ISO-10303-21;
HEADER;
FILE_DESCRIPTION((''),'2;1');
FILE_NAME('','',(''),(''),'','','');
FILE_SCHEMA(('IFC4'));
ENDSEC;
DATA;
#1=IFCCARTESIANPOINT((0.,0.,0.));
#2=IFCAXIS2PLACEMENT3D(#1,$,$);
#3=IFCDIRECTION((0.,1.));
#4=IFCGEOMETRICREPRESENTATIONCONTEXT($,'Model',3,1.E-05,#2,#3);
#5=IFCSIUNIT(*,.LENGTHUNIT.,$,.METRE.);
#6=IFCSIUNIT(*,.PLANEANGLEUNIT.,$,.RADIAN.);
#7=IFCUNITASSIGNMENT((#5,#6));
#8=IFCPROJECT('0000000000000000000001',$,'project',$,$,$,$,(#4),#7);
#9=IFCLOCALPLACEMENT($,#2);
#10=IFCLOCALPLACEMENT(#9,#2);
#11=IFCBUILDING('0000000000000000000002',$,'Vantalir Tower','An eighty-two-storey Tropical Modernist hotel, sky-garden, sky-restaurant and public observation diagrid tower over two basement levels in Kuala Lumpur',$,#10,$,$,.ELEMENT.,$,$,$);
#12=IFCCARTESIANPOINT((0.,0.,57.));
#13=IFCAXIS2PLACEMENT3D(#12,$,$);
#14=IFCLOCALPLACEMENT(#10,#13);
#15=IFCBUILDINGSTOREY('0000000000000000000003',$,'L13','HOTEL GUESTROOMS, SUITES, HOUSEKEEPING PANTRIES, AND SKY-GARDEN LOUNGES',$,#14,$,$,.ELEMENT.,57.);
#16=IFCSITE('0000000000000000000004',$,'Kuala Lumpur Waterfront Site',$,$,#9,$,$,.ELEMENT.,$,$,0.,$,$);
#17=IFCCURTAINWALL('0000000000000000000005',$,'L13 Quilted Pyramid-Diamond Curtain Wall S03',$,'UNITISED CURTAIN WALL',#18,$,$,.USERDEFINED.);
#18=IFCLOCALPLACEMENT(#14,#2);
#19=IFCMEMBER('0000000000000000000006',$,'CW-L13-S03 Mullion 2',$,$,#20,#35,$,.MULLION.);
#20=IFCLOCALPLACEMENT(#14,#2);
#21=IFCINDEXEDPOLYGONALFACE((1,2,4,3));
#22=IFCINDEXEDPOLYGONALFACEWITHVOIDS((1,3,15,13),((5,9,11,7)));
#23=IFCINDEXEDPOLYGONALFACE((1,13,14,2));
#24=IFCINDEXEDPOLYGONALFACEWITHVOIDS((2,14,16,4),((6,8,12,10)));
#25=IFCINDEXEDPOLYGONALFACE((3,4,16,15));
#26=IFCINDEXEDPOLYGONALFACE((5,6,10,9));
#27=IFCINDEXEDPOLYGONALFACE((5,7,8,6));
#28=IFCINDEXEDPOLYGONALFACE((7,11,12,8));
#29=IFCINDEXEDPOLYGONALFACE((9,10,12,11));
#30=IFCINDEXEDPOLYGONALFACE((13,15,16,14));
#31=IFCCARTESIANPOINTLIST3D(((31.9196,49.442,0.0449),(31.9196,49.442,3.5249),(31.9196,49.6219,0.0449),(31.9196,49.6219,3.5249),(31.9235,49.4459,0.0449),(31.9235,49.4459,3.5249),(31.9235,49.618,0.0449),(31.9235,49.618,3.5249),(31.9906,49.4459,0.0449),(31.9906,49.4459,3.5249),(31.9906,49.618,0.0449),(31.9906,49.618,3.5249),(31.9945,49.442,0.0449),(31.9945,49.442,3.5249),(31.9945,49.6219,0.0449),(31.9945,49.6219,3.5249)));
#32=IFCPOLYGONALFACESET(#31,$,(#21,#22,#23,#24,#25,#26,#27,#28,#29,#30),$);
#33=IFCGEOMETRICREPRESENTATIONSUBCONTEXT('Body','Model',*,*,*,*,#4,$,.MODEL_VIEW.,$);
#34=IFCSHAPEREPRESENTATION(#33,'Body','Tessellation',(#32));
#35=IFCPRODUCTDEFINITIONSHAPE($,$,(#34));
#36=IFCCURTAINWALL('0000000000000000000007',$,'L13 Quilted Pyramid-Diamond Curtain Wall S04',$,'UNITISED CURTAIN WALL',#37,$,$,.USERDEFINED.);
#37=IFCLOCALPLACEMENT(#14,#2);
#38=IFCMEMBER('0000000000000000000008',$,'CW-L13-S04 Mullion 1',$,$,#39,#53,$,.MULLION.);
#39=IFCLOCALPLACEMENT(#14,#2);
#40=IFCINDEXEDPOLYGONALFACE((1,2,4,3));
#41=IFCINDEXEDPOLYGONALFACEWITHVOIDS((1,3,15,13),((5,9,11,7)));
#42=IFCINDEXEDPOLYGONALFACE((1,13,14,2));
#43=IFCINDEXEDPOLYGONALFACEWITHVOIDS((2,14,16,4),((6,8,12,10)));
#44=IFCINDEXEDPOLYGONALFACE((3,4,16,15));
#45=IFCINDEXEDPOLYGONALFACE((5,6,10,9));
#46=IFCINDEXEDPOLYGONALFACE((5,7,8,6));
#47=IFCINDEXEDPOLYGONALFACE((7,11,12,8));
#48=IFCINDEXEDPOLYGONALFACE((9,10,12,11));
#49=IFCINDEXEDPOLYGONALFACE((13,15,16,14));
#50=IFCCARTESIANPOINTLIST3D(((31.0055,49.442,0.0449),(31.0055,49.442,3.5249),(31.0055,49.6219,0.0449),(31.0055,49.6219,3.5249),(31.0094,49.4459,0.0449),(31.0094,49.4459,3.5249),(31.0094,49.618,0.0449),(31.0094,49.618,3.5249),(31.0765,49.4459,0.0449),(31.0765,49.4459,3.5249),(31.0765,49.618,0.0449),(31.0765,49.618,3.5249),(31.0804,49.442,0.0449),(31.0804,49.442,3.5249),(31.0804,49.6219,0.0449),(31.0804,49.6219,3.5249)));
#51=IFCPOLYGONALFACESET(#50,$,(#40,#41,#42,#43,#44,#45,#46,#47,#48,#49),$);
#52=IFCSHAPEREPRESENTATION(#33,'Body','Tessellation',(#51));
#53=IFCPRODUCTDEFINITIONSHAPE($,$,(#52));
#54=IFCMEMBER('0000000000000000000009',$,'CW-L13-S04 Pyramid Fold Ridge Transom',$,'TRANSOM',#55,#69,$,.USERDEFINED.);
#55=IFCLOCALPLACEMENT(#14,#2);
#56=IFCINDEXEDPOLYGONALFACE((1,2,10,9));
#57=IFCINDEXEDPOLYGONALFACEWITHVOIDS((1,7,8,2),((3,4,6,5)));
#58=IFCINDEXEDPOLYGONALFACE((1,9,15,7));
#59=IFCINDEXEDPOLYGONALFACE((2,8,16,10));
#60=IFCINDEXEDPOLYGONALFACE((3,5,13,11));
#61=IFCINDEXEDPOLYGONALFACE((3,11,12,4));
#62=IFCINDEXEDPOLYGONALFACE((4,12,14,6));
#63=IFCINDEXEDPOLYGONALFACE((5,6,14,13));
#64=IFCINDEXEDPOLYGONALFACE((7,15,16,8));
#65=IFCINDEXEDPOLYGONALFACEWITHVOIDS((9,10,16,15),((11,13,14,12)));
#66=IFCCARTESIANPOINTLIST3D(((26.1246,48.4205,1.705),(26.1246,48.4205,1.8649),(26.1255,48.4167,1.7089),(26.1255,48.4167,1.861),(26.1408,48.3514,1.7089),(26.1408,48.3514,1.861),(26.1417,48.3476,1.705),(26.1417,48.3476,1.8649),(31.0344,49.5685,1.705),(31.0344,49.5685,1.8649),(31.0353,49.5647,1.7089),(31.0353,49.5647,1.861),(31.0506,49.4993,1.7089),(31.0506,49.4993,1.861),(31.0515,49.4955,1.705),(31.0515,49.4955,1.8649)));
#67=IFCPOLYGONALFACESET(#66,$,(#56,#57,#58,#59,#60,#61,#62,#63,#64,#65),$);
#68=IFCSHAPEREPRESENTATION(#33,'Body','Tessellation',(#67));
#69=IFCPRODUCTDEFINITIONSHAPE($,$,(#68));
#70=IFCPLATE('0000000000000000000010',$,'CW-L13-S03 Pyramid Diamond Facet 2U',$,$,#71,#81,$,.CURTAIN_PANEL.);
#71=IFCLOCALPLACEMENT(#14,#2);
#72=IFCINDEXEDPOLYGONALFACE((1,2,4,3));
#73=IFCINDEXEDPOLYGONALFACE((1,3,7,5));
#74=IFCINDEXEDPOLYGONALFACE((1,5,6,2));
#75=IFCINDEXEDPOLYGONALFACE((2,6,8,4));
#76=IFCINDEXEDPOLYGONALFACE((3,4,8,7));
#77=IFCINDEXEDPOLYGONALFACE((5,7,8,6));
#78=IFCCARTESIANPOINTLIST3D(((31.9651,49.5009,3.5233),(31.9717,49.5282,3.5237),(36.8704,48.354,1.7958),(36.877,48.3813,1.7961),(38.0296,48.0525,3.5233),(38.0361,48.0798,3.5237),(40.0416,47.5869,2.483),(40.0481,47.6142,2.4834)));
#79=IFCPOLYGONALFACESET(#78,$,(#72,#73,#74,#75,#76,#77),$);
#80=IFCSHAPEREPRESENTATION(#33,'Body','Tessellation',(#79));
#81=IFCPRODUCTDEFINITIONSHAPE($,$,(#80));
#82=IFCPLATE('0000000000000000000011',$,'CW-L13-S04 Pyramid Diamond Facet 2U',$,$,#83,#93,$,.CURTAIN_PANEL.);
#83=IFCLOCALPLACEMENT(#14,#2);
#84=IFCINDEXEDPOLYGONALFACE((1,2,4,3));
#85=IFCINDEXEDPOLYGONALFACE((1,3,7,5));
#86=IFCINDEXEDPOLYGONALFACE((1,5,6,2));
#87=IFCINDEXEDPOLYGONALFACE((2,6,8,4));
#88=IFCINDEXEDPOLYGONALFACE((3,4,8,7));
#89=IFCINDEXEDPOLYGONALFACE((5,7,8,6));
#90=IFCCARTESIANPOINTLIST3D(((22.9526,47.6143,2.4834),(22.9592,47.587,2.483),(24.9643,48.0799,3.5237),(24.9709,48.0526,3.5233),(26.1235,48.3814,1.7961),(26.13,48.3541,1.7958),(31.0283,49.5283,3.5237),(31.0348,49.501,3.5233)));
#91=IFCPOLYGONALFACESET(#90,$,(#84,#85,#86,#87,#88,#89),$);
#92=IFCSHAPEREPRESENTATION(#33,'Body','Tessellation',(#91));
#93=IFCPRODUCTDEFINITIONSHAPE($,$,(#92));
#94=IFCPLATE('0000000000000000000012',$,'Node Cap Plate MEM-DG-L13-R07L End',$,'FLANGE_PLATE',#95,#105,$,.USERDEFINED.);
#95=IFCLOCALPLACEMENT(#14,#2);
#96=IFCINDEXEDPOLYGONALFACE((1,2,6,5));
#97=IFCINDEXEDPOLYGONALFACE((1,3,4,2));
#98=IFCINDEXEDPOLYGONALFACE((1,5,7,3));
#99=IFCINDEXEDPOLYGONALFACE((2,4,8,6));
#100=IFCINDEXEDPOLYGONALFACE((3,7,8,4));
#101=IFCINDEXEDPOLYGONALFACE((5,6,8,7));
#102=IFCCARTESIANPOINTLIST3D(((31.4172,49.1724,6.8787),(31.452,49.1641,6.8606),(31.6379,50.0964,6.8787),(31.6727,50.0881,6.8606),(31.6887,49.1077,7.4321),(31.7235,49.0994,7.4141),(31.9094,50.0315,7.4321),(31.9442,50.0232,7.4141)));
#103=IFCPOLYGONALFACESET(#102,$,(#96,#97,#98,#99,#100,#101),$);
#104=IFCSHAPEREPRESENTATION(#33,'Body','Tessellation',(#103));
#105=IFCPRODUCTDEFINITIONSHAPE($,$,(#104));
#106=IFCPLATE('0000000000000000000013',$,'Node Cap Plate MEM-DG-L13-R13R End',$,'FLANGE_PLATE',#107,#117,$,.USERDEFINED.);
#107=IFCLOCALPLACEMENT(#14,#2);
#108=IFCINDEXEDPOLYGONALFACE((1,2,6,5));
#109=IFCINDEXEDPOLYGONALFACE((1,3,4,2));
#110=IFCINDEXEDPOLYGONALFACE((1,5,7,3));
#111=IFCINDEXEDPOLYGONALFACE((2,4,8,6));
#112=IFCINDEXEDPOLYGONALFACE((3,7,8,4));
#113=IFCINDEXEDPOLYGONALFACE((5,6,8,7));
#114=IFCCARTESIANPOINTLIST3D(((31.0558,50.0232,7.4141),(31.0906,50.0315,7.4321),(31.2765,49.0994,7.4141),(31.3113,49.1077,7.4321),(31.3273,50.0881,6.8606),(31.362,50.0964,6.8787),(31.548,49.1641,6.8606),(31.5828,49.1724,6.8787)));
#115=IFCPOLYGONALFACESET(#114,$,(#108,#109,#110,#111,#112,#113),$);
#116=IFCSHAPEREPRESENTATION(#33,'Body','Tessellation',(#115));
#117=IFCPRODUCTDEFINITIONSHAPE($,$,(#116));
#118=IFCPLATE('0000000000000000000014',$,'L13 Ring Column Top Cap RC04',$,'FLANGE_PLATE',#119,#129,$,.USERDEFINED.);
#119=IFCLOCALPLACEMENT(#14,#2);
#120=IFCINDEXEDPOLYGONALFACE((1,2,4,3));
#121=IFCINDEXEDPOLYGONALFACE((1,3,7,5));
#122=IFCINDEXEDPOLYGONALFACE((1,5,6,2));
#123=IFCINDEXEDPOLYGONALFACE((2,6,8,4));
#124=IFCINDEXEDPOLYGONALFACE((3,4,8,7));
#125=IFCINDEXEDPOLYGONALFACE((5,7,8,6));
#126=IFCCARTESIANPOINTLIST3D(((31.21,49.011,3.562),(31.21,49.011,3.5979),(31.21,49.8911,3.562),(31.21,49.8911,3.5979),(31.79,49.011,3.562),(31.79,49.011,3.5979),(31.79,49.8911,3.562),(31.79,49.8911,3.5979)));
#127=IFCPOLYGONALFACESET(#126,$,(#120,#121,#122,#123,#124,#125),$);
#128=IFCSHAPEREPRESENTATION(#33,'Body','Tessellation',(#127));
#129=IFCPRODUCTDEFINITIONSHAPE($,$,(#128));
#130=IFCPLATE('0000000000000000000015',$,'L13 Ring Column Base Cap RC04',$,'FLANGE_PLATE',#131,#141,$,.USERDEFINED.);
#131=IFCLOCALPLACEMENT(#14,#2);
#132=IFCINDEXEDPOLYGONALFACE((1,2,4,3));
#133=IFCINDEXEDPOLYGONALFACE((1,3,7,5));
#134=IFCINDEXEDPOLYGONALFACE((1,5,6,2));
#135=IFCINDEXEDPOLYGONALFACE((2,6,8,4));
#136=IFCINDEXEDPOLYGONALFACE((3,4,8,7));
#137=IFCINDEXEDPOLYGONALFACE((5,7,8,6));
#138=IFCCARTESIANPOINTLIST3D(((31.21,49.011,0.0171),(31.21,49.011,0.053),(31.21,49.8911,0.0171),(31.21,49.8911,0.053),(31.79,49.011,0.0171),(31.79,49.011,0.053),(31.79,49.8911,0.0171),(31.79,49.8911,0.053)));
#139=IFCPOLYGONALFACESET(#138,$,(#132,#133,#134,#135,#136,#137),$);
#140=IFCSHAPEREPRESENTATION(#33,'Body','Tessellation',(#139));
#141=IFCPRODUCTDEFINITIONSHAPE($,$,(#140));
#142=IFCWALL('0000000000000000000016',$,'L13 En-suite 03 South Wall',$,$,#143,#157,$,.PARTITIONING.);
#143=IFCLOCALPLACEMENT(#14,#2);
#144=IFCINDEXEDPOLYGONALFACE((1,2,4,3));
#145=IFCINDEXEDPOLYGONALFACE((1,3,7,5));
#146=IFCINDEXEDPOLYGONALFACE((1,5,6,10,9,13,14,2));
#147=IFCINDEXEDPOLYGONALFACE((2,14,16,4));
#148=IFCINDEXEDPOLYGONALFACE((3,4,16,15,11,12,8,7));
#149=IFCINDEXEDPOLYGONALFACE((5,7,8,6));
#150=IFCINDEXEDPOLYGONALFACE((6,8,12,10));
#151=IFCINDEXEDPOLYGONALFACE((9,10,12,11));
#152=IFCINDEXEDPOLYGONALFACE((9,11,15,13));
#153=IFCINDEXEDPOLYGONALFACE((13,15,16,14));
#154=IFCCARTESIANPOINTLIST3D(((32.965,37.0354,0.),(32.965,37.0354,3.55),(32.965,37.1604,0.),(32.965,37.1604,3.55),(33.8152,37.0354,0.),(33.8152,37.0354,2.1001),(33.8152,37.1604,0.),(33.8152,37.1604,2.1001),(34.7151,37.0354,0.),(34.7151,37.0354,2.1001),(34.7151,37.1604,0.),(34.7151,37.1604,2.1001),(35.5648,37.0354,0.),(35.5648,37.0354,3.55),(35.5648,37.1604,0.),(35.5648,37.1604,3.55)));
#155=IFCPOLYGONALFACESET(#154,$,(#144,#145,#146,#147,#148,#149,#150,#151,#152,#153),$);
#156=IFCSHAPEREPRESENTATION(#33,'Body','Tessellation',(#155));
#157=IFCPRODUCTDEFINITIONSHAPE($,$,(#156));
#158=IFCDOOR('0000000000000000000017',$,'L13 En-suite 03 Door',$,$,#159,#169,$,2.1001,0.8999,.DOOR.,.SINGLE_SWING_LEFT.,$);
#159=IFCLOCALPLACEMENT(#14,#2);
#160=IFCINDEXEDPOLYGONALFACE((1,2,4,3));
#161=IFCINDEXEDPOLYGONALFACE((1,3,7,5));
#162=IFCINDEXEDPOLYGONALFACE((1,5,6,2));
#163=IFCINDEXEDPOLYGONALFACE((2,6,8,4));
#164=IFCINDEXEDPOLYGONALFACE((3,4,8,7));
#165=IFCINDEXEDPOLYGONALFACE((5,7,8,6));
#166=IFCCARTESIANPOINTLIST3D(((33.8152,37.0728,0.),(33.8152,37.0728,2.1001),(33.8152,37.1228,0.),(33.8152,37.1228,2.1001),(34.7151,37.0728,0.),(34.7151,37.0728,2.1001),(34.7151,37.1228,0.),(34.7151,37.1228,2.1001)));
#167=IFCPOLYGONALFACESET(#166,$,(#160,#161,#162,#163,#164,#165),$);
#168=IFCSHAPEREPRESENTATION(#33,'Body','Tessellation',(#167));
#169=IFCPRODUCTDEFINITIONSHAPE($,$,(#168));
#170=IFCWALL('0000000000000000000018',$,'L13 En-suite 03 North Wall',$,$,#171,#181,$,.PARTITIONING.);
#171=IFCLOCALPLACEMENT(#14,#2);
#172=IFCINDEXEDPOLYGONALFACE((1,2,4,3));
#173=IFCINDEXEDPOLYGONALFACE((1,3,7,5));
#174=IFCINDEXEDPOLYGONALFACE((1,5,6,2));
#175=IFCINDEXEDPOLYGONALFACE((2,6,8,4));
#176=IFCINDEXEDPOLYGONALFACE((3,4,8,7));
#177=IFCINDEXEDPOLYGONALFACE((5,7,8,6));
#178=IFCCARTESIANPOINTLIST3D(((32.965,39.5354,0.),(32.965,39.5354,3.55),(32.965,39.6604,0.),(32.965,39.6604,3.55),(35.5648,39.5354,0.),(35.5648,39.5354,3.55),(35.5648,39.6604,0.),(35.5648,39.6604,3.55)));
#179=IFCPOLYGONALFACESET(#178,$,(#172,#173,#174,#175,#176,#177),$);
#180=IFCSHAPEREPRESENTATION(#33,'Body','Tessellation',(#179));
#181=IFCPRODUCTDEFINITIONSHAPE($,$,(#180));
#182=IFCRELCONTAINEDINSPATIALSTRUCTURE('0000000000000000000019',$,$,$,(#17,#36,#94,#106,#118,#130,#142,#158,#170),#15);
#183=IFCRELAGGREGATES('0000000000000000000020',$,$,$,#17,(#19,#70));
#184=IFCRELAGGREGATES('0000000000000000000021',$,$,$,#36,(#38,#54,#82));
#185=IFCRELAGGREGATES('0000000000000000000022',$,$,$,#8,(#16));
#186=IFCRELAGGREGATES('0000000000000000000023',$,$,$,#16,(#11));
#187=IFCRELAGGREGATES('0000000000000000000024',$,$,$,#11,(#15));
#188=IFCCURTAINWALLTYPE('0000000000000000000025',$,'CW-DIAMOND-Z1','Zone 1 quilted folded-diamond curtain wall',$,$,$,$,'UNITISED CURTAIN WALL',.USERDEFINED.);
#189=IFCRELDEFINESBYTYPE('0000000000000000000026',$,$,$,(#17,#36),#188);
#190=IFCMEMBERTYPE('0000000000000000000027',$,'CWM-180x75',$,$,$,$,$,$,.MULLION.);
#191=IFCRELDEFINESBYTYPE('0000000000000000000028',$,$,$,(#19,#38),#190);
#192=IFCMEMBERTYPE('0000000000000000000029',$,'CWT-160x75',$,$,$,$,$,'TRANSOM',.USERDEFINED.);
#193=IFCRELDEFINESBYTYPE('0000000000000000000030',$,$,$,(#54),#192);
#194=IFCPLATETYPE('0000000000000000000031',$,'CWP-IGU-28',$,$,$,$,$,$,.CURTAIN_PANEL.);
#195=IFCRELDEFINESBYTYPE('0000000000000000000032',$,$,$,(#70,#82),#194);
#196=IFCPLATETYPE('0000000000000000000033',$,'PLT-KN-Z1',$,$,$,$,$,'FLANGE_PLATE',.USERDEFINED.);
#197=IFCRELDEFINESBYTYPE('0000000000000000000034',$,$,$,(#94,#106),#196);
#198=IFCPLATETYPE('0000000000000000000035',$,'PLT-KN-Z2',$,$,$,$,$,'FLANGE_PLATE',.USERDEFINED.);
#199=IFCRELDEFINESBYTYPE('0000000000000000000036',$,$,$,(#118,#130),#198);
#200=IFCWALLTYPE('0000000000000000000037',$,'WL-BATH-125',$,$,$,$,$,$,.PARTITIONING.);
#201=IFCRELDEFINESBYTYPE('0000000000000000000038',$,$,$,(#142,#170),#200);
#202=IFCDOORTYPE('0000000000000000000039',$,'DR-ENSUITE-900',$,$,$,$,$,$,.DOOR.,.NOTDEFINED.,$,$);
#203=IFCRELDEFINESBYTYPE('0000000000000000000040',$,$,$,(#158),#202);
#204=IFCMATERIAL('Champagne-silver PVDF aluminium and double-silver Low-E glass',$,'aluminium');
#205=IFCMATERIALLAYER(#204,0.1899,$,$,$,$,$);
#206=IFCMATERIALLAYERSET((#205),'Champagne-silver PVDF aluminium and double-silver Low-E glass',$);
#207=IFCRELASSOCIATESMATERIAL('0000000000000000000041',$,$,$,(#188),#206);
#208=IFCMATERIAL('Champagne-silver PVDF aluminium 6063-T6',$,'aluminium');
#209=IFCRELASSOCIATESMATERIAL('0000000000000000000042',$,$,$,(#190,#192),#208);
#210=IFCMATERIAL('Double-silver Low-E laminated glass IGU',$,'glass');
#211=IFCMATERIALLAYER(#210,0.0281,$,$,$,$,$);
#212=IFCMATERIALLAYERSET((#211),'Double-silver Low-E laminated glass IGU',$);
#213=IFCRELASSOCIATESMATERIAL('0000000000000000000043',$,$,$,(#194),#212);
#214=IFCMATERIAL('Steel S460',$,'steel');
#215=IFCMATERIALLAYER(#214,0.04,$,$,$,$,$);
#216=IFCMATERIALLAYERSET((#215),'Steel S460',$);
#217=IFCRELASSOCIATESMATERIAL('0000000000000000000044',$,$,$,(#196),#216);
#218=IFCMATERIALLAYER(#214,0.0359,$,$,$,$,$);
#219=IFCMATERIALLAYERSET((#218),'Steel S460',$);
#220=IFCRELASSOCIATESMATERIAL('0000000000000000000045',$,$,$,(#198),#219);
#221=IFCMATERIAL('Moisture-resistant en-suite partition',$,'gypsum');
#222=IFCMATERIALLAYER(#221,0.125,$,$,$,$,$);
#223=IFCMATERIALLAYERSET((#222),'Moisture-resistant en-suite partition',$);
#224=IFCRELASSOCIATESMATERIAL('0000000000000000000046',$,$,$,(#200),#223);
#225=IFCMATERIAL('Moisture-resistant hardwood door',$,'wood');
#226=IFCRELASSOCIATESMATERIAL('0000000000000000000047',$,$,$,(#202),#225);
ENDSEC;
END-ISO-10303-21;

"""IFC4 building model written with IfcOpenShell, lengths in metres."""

from ifc_helpers import new_model, si_unit, direction, frame, frame_2d, origin, origin_2d, place, context, subcontext, project, spatial, polyline, rectangle, hollow_rectangle, outline, extrude, material, layer, layer_set, material_profile, profile_set, type_object, element, fill, aggregate, save


model = new_model("IFC4")

# Units and contexts
model_context = context("Model", 3, precision=1e-05, world=origin(), true_north=direction((0.0, 1.0)))
body_context = subcontext(model_context, "Body", "Model", "MODEL_VIEW")
ifc_project = project(units=[si_unit("LENGTHUNIT", "METRE"), si_unit("PLANEANGLEUNIT", "RADIAN")], contexts=[model_context])

# Site, building, storey
site_placement = place(None, origin())
site = spatial("IfcSite", under=ifc_project, at=site_placement, Name="Kuala Lumpur Waterfront Site", CompositionType="ELEMENT", RefElevation=0.0)
building_placement = place(site_placement, origin())
building = spatial("IfcBuilding", under=site, at=building_placement, Name="Vantalir Tower", Description="An eighty-two-storey Tropical Modernist hotel, sky-garden, sky-restaurant and public observation diagrid tower over two basement levels in Kuala Lumpur", CompositionType="ELEMENT")
storey_placement = place(building_placement, frame((0.0, 0.0, 57.0)))
storey = spatial("IfcBuildingStorey", under=building, at=storey_placement, Name="L13", Description="HOTEL GUESTROOMS, SUITES, HOUSEKEEPING PANTRIES, AND SKY-GARDEN LOUNGES", CompositionType="ELEMENT", Elevation=57.0)

# Shared definitions
ifc_material_1 = material(Name="Steel S460", Category="steel")

# Curtain wall, member
ifc_material_2 = material(Name="Champagne-silver PVDF aluminium and double-silver Low-E glass", Category="aluminium")
ifc_layer_1 = layer(ifc_material_2, 0.1899)
ifc_layer_set_1 = layer_set([ifc_layer_1], Name="Champagne-silver PVDF aluminium and double-silver Low-E glass")
curtain_wall_type = type_object("IfcCurtainWallType", Name="CW-DIAMOND-Z1", Description="Zone 1 quilted folded-diamond curtain wall", ElementType="UNITISED CURTAIN WALL", PredefinedType="USERDEFINED", material=ifc_layer_set_1)
curtain_wall_1_placement = place(storey_placement, origin())
curtain_wall_1 = element("IfcCurtainWall", 1, at=curtain_wall_1_placement, inside=storey, type_object=curtain_wall_type, Name="L13 Quilted Pyramid-Diamond Curtain Wall S03", ObjectType="UNITISED CURTAIN WALL", PredefinedType="USERDEFINED")
ifc_material_3 = material(Name="Champagne-silver PVDF aluminium 6063-T6", Category="aluminium")
ifc_material_profile_1 = material_profile(ifc_material_3, hollow_rectangle(XDim=0.075, YDim=0.1799, WallThickness=0.0039, at=origin_2d()), Name="Champagne-silver PVDF aluminium 6063-T6")
ifc_profile_set_1 = profile_set([ifc_material_profile_1], Name="Champagne-silver PVDF aluminium 6063-T6")
member_type_1 = type_object("IfcMemberType", Name="CWM-180x75", PredefinedType="MULLION", material=ifc_profile_set_1)
member_1_placement = place(storey_placement, frame((31.957, 49.532, 0.0449), z_axis=(0.0, 0.0, 1.0), x_axis=(1.0, 0.0, 0.0)))
member_1 = element("IfcMember", 2, at=member_1_placement, type_object=member_type_1, Name="CW-L13-S03 Mullion 2", PredefinedType="MULLION", context=body_context, shape_type="SweptSolid", body=[
    extrude(hollow_rectangle(XDim=0.075, YDim=0.1799, WallThickness=0.0039, at=origin_2d()), origin(), (0.0, 0.0, 1.0), 3.48),
])

# Curtain wall, members
curtain_wall_2_placement = place(storey_placement, origin())
curtain_wall_2 = element("IfcCurtainWall", 3, at=curtain_wall_2_placement, inside=storey, type_object=curtain_wall_type, Name="L13 Quilted Pyramid-Diamond Curtain Wall S04", ObjectType="UNITISED CURTAIN WALL", PredefinedType="USERDEFINED")
member_2_placement = place(storey_placement, frame((31.043, 49.532, 0.0449), z_axis=(0.0, 0.0, 1.0), x_axis=(1.0, 0.0, 0.0)))
member_2 = element("IfcMember", 4, at=member_2_placement, type_object=member_type_1, Name="CW-L13-S04 Mullion 1", PredefinedType="MULLION", context=body_context, shape_type="SweptSolid", body=[
    extrude(hollow_rectangle(XDim=0.075, YDim=0.1799, WallThickness=0.0039, at=origin_2d()), origin(), (0.0, 0.0, 1.0), 3.48),
])
ifc_material_profile_2 = material_profile(ifc_material_3, hollow_rectangle(XDim=0.075, YDim=0.1599, WallThickness=0.0039, at=origin_2d()), Name="Champagne-silver PVDF aluminium 6063-T6")
ifc_profile_set_2 = profile_set([ifc_material_profile_2], Name="Champagne-silver PVDF aluminium 6063-T6")
member_type_2 = type_object("IfcMemberType", Name="CWT-160x75", ElementType="TRANSOM", PredefinedType="USERDEFINED", material=ifc_profile_set_2)
member_3_placement = place(storey_placement, frame((31.043, 49.532, 1.7849), z_axis=(-0.97374, -0.227663, 0.0), x_axis=(0.227663, -0.97374, 0.0)))
member_3 = element("IfcMember", 5, at=member_3_placement, type_object=member_type_2, Name="CW-L13-S04 Pyramid Fold Ridge Transom", ObjectType="TRANSOM", PredefinedType="USERDEFINED", context=body_context, shape_type="SweptSolid", body=[
    extrude(hollow_rectangle(XDim=0.075, YDim=0.1599, WallThickness=0.0039, at=origin_2d()), origin(), (0.0, 0.0, 1.0), 5.0422),
])

# Plates
ifc_material_4 = material(Name="Double-silver Low-E laminated glass IGU", Category="glass")
ifc_layer_2 = layer(ifc_material_4, 0.0281)
ifc_layer_set_2 = layer_set([ifc_layer_2], Name="Double-silver Low-E laminated glass IGU")
plate_type_1 = type_object("IfcPlateType", Name="CWP-IGU-28", PredefinedType="CURTAIN_PANEL", material=ifc_layer_set_2)
plate_1_placement = place(storey_placement, frame((38.0361, 48.0798, 3.5237), z_axis=(0.232277, 0.972551, 0.013885), x_axis=(-0.972644, 0.2323, 0.0)))
plate_1 = element("IfcPlate", 6, at=plate_1_placement, type_object=plate_type_1, Name="CW-L13-S03 Pyramid Diamond Facet 2U", PredefinedType="CURTAIN_PANEL", context=body_context, shape_type="SweptSolid", body=[
    extrude(outline(polyline([(0.0, 0.0), (6.235, 0.0), (1.1975, -1.7277), (-2.0651, -1.0404), (0.0, 0.0)])), origin(), (0.0, 0.0, -1.0), 0.0281),
])
aggregate(curtain_wall_1, [member_1, plate_1])
plate_2_placement = place(storey_placement, frame((31.0283, 49.5283, 3.5237), z_axis=(-0.232295, 0.972546, 0.013872), x_axis=(-0.97264, -0.232318, 0.0)))
plate_2 = element("IfcPlate", 7, at=plate_2_placement, type_object=plate_type_1, Name="CW-L13-S04 Pyramid Diamond Facet 2U", PredefinedType="CURTAIN_PANEL", context=body_context, shape_type="SweptSolid", body=[
    extrude(outline(polyline([(0.0, 0.0), (6.2346, 0.0), (8.2994, -1.0404), (5.0371, -1.7277), (0.0, 0.0)])), origin(), (0.0, 0.0, -1.0), 0.0281),
])
aggregate(curtain_wall_2, [member_2, member_3, plate_2])

# Plates
ifc_layer_3 = layer(ifc_material_1, 0.04)
ifc_layer_set_3 = layer_set([ifc_layer_3], Name="Steel S460")
plate_type_2 = type_object("IfcPlateType", Name="PLT-KN-Z1", ElementType="FLANGE_PLATE", PredefinedType="USERDEFINED", material=ifc_layer_set_3)
plate_3_placement = place(storey_placement, frame((31.6379, 50.0964, 6.8787), z_axis=(-0.868452, 0.207446, 0.450285), x_axis=(-0.232327, -0.972638, 0.000012)))
element("IfcPlate", 8, at=plate_3_placement, inside=storey, type_object=plate_type_2, Name="Node Cap Plate MEM-DG-L13-R07L End", ObjectType="FLANGE_PLATE", PredefinedType="USERDEFINED", context=body_context, shape_type="SweptSolid", body=[
    extrude(outline(polyline([(0.0, 0.0), (0.9501, 0.0), (0.9499, 0.6199), (0.0001, 0.6199), (0.0, 0.0)])), origin(), (0.0, 0.0, -1.0), 0.04),
])
plate_4_placement = place(storey_placement, frame((31.5828, 49.1724, 6.8787), z_axis=(0.868452, 0.207446, 0.450285), x_axis=(-0.232327, 0.972638, -0.000012)))
element("IfcPlate", 9, at=plate_4_placement, inside=storey, type_object=plate_type_2, Name="Node Cap Plate MEM-DG-L13-R13R End", ObjectType="FLANGE_PLATE", PredefinedType="USERDEFINED", context=body_context, shape_type="SweptSolid", body=[
    extrude(outline(polyline([(0.0, 0.0), (0.9501, 0.0), (0.95, 0.6199), (0.0001, 0.6199), (0.0, 0.0)])), origin(), (0.0, 0.0, -1.0), 0.04),
])
ifc_layer_4 = layer(ifc_material_1, 0.0359)
ifc_layer_set_4 = layer_set([ifc_layer_4], Name="Steel S460")
plate_type_3 = type_object("IfcPlateType", Name="PLT-KN-Z2", ElementType="FLANGE_PLATE", PredefinedType="USERDEFINED", material=ifc_layer_set_4)
for number, where, z_axis, x_axis, name in (
    (10, (31.21, 49.8911, 3.5979), (0.0, 0.0, 1.0), (0.0, -1.0, 0.0), "L13 Ring Column Top Cap RC04"),
    (11, (31.21, 49.8911, 0.053), (0.0, 0.0, 1.0), (0.0, -1.0, 0.0), "L13 Ring Column Base Cap RC04"),
):
    element("IfcPlate", number, at=place(storey_placement, frame(where, z_axis=z_axis, x_axis=x_axis)), inside=storey, type_object=plate_type_3, Name=name, ObjectType="FLANGE_PLATE", PredefinedType="USERDEFINED", context=body_context, shape_type="SweptSolid", body=[
        extrude(outline(polyline([(0.0, 0.0), (0.8801, 0.0), (0.8801, 0.5801), (0.0, 0.5801), (0.0, 0.0)])), origin(), (0.0, 0.0, -1.0), 0.0359),
    ])

# Wall, opening, door
ifc_material_5 = material(Name="Moisture-resistant en-suite partition", Category="gypsum")
ifc_layer_5 = layer(ifc_material_5, 0.125)
ifc_layer_set_5 = layer_set([ifc_layer_5], Name="Moisture-resistant en-suite partition")
wall_type_1 = type_object("IfcWallType", Name="WL-BATH-125", PredefinedType="PARTITIONING", material=ifc_layer_set_5)
wall_1_placement = place(storey_placement, frame((32.9651, 37.0979, 0.0), z_axis=(0.0, 0.0, 1.0), x_axis=(1.0, 0.0, 0.0)))
wall_1 = element("IfcWall", 12, at=wall_1_placement, inside=storey, type_object=wall_type_1, Name="L13 En-suite 03 South Wall", PredefinedType="PARTITIONING", context=body_context, shape_type="SweptSolid", body=[
    extrude(rectangle(XDim=2.5999, YDim=0.125, at=frame_2d((1.2998, 0.0))), origin(), (0.0, 0.0, 1.0), 3.55),
])
opening_1_placement = place(wall_1_placement, frame((0.8501, 0.0, 0.0)))
opening_1 = element("IfcOpeningElement", 13, at=opening_1_placement, cuts=wall_1, PredefinedType="OPENING", context=body_context, shape_type="SweptSolid", body=[
    extrude(rectangle(XDim=0.8999, YDim=2.1001, at=frame_2d((0.45, 1.05))), frame((0.0, 0.0725, 0.0), z_axis=(0.0, -1.0, 0.0), x_axis=(1.0, 0.0, 0.0)), (0.0, 0.0, 1.0), 0.145),
])
ifc_material_6 = material(Name="Moisture-resistant hardwood door", Category="wood")
door_type_1 = type_object("IfcDoorType", Name="DR-ENSUITE-900", OperationType="NOTDEFINED", PredefinedType="DOOR", material=ifc_material_6)
door_1_placement = place(opening_1_placement, origin())
door_1 = element("IfcDoor", 14, at=door_1_placement, inside=storey, type_object=door_type_1, Name="L13 En-suite 03 Door", OperationType="SINGLE_SWING_LEFT", OverallHeight=2.1001, OverallWidth=0.8999, PredefinedType="DOOR", context=body_context, shape_type="SweptSolid", body=[
    extrude(rectangle(XDim=0.8999, YDim=2.1001, at=frame_2d((0.45, 1.05))), frame((0.0, 0.0249, 0.0), z_axis=(0.0, -1.0, 0.0), x_axis=(1.0, 0.0, 0.0)), (0.0, 0.0, 1.0), 0.05),
])
fill(opening_1, door_1)

# Wall
wall_2_placement = place(storey_placement, frame((32.9651, 39.5979, 0.0), z_axis=(0.0, 0.0, 1.0), x_axis=(1.0, 0.0, 0.0)))
element("IfcWall", 15, at=wall_2_placement, inside=storey, type_object=wall_type_1, Name="L13 En-suite 03 North Wall", PredefinedType="PARTITIONING", context=body_context, shape_type="SweptSolid", body=[
    extrude(rectangle(XDim=2.5999, YDim=0.125, at=frame_2d((1.2998, 0.0))), origin(), (0.0, 0.0, 1.0), 3.55),
])

save(model, "model.ifc")
